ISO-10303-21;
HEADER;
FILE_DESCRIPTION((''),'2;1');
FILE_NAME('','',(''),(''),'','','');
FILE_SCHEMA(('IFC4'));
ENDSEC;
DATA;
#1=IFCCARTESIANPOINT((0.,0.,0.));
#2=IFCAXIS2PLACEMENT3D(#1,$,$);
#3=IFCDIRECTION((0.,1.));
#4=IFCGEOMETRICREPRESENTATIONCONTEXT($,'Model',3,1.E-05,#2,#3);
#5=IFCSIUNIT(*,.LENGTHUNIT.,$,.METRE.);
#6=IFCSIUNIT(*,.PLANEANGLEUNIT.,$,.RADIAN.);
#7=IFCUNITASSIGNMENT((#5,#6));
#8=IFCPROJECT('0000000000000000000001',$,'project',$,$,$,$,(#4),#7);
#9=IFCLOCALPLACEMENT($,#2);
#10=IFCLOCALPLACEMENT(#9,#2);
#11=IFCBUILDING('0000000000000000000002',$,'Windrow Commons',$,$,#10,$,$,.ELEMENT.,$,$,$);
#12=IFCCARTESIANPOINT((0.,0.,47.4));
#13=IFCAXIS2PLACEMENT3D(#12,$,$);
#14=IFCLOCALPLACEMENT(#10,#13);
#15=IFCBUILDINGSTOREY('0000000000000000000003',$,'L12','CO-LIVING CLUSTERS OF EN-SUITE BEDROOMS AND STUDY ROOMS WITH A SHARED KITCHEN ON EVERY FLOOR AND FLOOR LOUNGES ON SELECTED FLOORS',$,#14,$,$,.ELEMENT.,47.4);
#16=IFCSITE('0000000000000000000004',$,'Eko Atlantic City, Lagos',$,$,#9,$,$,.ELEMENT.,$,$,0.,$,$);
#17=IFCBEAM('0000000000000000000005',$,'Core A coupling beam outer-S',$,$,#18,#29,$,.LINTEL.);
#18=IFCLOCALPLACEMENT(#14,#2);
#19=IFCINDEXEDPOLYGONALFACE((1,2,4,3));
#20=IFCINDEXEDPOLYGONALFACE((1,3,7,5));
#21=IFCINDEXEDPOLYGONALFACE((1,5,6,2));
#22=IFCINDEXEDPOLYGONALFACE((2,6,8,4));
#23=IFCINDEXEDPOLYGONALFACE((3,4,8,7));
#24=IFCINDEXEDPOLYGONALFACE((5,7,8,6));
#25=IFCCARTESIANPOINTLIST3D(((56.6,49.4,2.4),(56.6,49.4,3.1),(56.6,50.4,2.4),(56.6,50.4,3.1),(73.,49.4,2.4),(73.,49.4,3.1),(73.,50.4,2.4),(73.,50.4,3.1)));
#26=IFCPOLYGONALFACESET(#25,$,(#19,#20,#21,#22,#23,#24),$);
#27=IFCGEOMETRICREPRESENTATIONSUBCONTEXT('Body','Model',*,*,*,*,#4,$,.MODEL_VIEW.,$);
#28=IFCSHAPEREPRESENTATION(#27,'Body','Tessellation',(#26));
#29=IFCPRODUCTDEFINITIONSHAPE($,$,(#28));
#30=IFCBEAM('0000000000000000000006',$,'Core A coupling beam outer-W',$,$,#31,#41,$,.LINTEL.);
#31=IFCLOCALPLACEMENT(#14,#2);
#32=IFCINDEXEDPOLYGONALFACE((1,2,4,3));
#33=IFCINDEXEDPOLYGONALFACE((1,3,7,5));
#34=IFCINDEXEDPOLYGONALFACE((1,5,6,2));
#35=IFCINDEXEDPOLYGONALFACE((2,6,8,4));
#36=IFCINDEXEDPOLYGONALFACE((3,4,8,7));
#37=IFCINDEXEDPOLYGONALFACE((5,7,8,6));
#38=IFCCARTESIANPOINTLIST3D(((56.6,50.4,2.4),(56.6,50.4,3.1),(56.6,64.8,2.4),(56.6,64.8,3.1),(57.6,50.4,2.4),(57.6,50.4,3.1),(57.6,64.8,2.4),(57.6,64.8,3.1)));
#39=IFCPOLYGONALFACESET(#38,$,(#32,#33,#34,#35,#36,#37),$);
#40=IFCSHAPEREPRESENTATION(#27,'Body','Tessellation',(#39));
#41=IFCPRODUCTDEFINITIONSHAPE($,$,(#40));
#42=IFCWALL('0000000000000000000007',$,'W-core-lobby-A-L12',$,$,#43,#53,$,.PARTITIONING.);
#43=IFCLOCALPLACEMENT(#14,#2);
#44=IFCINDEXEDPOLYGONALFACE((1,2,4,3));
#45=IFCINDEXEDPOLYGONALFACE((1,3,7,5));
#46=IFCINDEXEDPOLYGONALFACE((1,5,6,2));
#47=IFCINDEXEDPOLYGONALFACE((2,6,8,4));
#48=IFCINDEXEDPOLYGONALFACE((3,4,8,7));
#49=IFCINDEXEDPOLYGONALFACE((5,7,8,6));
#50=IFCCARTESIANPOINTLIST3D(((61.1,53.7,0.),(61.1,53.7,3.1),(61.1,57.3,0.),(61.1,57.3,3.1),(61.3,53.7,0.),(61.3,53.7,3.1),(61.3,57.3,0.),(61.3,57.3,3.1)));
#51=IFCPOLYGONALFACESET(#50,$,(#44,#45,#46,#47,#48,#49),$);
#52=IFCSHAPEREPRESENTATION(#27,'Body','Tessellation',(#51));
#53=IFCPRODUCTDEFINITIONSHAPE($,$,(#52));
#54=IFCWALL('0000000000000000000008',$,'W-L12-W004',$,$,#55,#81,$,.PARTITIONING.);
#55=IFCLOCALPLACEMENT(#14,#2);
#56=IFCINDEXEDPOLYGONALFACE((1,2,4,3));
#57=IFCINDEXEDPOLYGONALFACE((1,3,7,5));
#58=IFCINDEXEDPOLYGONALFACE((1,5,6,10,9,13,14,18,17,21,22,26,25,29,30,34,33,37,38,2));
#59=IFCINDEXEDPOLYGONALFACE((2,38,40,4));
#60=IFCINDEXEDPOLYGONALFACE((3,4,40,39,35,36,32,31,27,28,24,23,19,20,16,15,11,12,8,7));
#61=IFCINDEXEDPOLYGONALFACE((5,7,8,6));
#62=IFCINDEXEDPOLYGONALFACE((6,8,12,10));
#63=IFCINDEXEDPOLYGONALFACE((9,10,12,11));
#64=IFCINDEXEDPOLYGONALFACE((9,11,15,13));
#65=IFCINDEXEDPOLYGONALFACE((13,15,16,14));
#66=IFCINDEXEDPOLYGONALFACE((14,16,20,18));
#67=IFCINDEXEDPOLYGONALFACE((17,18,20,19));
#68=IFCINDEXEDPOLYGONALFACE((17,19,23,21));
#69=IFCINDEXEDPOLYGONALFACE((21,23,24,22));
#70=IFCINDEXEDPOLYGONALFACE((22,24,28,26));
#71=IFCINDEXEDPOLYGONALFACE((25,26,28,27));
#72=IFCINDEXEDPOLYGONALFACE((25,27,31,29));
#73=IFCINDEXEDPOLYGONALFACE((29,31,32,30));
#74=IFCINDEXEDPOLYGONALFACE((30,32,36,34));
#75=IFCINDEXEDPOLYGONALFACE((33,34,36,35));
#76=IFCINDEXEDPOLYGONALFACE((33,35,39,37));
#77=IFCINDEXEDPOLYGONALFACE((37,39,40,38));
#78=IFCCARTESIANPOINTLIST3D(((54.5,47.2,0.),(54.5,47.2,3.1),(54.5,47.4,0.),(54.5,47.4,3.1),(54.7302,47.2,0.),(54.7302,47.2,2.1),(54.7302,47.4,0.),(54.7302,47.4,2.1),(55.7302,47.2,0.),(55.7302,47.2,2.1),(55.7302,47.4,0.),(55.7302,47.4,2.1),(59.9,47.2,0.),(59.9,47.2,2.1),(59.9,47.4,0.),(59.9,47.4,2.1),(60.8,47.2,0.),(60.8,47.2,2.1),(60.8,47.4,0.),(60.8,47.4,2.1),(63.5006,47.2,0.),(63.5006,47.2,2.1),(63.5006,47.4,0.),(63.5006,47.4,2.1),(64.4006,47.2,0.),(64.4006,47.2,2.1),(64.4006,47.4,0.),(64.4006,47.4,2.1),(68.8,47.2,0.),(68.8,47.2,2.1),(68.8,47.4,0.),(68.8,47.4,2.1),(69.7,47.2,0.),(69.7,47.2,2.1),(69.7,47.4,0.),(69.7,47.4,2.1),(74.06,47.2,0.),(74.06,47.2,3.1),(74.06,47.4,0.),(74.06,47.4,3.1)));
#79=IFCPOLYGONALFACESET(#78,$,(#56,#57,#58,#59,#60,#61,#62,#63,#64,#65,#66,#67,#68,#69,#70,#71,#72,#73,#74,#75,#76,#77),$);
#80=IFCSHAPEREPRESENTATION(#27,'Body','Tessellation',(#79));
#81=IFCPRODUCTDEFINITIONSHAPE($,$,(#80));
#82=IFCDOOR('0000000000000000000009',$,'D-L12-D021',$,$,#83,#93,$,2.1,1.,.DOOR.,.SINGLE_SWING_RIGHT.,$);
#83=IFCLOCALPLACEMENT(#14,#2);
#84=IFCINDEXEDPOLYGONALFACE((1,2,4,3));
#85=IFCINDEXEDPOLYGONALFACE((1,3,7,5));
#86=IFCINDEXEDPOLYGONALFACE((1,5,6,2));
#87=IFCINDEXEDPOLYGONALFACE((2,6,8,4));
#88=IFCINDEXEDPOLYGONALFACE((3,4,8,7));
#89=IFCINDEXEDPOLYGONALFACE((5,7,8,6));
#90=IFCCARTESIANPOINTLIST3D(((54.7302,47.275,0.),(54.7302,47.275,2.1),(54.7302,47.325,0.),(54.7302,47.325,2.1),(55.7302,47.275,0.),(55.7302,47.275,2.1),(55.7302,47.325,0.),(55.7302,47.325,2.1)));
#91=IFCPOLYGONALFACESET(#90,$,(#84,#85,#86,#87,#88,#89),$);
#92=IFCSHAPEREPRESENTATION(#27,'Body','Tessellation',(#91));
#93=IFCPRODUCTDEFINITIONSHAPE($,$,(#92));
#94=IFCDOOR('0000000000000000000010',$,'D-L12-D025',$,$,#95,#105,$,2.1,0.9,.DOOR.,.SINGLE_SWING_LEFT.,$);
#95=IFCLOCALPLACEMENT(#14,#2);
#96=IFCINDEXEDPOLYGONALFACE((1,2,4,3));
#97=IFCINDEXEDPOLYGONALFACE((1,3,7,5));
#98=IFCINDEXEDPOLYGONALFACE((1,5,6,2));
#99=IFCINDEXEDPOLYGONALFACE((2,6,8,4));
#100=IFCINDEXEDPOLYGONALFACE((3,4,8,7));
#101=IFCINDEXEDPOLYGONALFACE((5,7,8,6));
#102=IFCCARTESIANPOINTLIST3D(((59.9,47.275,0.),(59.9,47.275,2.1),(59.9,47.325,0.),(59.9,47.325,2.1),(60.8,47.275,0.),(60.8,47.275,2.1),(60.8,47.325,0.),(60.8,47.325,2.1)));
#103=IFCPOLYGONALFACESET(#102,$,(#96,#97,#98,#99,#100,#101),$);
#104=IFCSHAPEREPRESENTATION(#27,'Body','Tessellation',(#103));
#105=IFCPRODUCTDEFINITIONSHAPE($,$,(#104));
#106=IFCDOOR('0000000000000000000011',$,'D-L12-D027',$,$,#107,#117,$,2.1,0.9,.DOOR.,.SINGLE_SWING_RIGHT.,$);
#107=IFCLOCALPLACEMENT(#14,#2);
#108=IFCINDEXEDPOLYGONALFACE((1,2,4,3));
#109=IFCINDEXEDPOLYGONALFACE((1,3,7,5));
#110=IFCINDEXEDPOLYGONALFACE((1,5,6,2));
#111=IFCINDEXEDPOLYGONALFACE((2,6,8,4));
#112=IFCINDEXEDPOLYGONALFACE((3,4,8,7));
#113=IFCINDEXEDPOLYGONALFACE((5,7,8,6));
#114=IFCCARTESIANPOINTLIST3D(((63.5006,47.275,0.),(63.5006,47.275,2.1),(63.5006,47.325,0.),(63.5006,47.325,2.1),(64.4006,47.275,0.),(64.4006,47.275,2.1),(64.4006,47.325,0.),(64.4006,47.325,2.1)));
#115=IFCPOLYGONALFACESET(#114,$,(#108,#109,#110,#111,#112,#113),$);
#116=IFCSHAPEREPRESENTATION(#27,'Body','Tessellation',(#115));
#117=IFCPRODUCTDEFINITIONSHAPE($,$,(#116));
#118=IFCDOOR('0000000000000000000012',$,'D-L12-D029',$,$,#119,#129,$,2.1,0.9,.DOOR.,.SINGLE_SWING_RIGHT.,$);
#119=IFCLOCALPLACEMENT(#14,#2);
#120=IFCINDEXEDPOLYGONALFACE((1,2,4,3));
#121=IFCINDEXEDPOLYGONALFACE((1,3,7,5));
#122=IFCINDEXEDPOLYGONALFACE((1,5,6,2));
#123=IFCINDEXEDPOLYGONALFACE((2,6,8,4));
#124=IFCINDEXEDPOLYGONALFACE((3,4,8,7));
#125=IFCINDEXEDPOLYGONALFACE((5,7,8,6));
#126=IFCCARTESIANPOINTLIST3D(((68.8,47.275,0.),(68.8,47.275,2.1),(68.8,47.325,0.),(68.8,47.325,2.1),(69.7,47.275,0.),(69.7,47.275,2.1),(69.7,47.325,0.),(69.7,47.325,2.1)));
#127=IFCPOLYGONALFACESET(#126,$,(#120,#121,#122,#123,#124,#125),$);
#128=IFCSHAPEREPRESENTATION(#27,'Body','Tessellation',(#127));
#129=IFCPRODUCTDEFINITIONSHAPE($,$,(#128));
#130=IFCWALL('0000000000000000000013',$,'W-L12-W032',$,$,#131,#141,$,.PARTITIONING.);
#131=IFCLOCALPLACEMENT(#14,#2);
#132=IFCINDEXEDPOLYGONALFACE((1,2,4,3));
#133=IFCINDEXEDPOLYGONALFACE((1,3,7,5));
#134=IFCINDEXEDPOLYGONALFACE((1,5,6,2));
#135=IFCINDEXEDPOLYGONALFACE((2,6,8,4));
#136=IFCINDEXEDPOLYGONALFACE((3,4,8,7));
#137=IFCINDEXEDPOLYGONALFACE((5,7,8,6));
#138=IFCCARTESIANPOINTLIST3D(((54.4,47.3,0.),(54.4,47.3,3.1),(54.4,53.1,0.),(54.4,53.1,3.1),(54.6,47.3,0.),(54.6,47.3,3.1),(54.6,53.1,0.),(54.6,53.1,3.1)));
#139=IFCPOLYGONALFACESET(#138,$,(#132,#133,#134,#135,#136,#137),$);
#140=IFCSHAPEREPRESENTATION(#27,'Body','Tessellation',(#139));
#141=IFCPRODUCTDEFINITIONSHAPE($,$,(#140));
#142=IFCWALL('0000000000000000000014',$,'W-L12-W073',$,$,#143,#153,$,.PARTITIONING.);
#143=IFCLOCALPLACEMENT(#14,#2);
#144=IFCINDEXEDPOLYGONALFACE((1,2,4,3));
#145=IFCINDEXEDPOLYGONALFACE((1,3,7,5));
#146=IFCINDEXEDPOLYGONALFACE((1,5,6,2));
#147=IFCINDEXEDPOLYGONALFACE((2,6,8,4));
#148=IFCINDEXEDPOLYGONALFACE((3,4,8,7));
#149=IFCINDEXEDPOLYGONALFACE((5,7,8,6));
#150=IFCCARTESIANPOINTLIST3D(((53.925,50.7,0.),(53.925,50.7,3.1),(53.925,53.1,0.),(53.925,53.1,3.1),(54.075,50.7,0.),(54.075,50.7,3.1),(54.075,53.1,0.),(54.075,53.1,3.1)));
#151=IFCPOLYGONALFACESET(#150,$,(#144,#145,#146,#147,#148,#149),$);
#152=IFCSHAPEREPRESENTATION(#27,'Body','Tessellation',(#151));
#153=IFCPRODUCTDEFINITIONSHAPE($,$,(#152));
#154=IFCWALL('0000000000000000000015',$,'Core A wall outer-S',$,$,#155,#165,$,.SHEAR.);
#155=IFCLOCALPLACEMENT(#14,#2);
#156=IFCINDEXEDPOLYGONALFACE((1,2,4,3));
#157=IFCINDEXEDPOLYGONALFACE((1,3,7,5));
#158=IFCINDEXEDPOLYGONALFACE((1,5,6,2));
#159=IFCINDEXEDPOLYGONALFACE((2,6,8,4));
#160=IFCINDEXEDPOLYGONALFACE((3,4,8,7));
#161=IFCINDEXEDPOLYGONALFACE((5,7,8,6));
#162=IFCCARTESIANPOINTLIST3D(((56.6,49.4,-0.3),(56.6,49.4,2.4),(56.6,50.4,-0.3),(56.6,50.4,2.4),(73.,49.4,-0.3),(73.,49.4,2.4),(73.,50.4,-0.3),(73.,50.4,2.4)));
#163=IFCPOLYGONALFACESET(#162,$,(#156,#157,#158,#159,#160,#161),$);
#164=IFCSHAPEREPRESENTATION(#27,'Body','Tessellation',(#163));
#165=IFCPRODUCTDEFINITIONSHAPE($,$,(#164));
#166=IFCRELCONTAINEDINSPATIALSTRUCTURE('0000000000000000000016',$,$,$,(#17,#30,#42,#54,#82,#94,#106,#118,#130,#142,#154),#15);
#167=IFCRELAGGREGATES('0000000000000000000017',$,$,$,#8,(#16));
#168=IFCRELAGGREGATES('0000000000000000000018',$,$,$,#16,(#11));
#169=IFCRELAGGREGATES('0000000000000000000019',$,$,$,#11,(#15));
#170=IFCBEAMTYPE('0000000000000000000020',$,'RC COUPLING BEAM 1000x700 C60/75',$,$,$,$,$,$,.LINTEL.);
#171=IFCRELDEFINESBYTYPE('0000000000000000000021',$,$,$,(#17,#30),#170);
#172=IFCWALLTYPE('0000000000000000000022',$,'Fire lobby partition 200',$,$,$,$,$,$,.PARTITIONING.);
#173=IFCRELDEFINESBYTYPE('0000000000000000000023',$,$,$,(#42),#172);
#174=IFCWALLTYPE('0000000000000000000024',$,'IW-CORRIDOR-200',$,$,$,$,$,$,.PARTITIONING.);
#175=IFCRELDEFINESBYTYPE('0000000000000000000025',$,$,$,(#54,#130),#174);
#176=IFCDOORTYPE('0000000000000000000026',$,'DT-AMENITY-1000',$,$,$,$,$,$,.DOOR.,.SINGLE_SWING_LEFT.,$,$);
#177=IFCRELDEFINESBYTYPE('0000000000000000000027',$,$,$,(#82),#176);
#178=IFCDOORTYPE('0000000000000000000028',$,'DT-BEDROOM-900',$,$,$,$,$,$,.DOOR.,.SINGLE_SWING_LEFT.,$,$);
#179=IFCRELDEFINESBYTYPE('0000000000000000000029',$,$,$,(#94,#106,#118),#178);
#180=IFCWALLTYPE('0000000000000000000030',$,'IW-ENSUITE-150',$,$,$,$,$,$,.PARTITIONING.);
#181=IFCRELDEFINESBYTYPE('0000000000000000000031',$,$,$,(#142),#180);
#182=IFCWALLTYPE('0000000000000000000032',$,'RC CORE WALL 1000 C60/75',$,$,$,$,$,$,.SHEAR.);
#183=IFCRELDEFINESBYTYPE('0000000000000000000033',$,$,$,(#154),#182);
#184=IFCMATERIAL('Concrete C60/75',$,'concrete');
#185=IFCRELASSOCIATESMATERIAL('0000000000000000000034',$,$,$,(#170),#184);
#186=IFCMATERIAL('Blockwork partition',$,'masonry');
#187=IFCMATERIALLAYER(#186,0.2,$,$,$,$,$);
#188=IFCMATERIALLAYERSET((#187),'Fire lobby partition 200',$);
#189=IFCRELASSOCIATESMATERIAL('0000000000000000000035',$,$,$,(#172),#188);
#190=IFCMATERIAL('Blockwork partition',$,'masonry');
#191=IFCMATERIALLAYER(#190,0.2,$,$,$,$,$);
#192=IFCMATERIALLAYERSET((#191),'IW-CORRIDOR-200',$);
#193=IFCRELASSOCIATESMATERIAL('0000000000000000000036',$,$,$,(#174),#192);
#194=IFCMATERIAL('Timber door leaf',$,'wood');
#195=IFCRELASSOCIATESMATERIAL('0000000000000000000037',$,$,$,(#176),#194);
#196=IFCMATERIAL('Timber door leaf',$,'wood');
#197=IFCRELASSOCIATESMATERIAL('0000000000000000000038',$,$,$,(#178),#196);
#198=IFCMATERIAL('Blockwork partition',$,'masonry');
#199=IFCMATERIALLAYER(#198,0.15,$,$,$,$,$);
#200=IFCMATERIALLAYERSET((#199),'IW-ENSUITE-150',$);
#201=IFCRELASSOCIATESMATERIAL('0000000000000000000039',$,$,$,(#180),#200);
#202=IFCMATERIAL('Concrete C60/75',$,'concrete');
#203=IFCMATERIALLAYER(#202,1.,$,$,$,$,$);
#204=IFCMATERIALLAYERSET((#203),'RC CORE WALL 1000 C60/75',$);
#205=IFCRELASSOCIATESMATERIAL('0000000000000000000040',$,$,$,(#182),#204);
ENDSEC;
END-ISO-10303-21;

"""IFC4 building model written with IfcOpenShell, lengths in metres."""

from ifc_helpers import new_model, si_unit, direction, frame, frame_2d, origin, origin_2d, place, context, subcontext, project, spatial, rectangle, extrude, material, layer, layer_set, material_profile, profile_set, type_object, element, fill, save


model = new_model("IFC4")

# Units and contexts
model_context = context("Model", 3, precision=1e-05, world=origin(), true_north=direction((0.0, 1.0)))
body_context = subcontext(model_context, "Body", "Model", "MODEL_VIEW")
ifc_project = project(units=[si_unit("LENGTHUNIT", "METRE"), si_unit("PLANEANGLEUNIT", "RADIAN")], contexts=[model_context])

# Site, building, storey
site_placement = place(None, origin())
site = spatial("IfcSite", under=ifc_project, at=site_placement, Name="Eko Atlantic City, Lagos", CompositionType="ELEMENT", RefElevation=0.0)
building_placement = place(site_placement, origin())
building = spatial("IfcBuilding", under=site, at=building_placement, Name="Windrow Commons", CompositionType="ELEMENT")
storey_placement = place(building_placement, frame((0.0, 0.0, 47.4)))
storey = spatial("IfcBuildingStorey", under=building, at=storey_placement, Name="L12", Description="CO-LIVING CLUSTERS OF EN-SUITE BEDROOMS AND STUDY ROOMS WITH A SHARED KITCHEN ON EVERY FLOOR AND FLOOR LOUNGES ON SELECTED FLOORS", CompositionType="ELEMENT", Elevation=47.4)

# Beams
ifc_material_1 = material(Name="Concrete C60/75", Category="concrete")
ifc_material_profile = material_profile(ifc_material_1, rectangle(XDim=1.0, YDim=0.7, at=origin_2d()))
ifc_profile_set = profile_set([ifc_material_profile], Name="Concrete C60/75")
beam_type = type_object("IfcBeamType", Name="RC COUPLING BEAM 1000x700 C60/75", PredefinedType="LINTEL", material=ifc_profile_set)
beam_1_placement = place(storey_placement, frame((56.6, 49.9, 2.75), z_axis=(1.0, 0.0, 0.0), x_axis=(0.0, 1.0, 0.0)))
element("IfcBeam", 1, at=beam_1_placement, inside=storey, type_object=beam_type, Name="Core A coupling beam outer-S", PredefinedType="LINTEL", context=body_context, shape_type="SweptSolid", body=[
    extrude(rectangle(XDim=1.0, YDim=0.7, at=origin_2d()), origin(), (0.0, 0.0, 1.0), 16.4),
])
beam_2_placement = place(storey_placement, frame((57.1, 50.4, 2.75), z_axis=(0.0, 1.0, 0.0), x_axis=(-1.0, 0.0, 0.0)))
element("IfcBeam", 2, at=beam_2_placement, inside=storey, type_object=beam_type, Name="Core A coupling beam outer-W", PredefinedType="LINTEL", context=body_context, shape_type="SweptSolid", body=[
    extrude(rectangle(XDim=1.0, YDim=0.7, at=origin_2d()), origin(), (0.0, 0.0, 1.0), 14.4),
])

# Wall
ifc_material_2 = material(Name="Blockwork partition", Category="masonry")
ifc_layer_1 = layer(ifc_material_2, 0.2)
ifc_layer_set_1 = layer_set([ifc_layer_1], Name="Fire lobby partition 200")
wall_type_1 = type_object("IfcWallType", Name="Fire lobby partition 200", PredefinedType="PARTITIONING", material=ifc_layer_set_1)
wall_1_placement = place(storey_placement, frame((61.2, 53.7, 0.0), z_axis=(0.0, 0.0, 1.0), x_axis=(0.0, 1.0, 0.0)))
element("IfcWall", 3, at=wall_1_placement, inside=storey, type_object=wall_type_1, Name="W-core-lobby-A-L12", PredefinedType="PARTITIONING", context=body_context, shape_type="SweptSolid", body=[
    extrude(rectangle(XDim=3.6, YDim=0.2, at=frame_2d((1.8, 0.0))), origin(), (0.0, 0.0, 1.0), 3.1),
])

# Wall, openings, doors
ifc_material_3 = material(Name="Blockwork partition", Category="masonry")
ifc_layer_2 = layer(ifc_material_3, 0.2)
ifc_layer_set_2 = layer_set([ifc_layer_2], Name="IW-CORRIDOR-200")
wall_type_2 = type_object("IfcWallType", Name="IW-CORRIDOR-200", PredefinedType="PARTITIONING", material=ifc_layer_set_2)
wall_2_placement = place(storey_placement, frame((54.5, 47.3, 0.0), z_axis=(0.0, 0.0, 1.0), x_axis=(1.0, 0.0, 0.0)))
wall_2 = element("IfcWall", 4, at=wall_2_placement, inside=storey, type_object=wall_type_2, Name="W-L12-W004", PredefinedType="PARTITIONING", context=body_context, shape_type="SweptSolid", body=[
    extrude(rectangle(XDim=19.56, YDim=0.2, at=frame_2d((9.78, 0.0))), origin(), (0.0, 0.0, 1.0), 3.1),
])
opening_1_placement = place(wall_2_placement, frame((0.2302, 0.0, 0.0)))
opening_1 = element("IfcOpeningElement", 5, at=opening_1_placement, cuts=wall_2, PredefinedType="OPENING", context=body_context, shape_type="SweptSolid", body=[
    extrude(rectangle(XDim=1.0, YDim=2.1, at=frame_2d((0.5, 1.05))), frame((0.0, 0.11, 0.0), z_axis=(0.0, -1.0, 0.0), x_axis=(1.0, 0.0, 0.0)), (0.0, 0.0, 1.0), 0.22),
])
opening_2_placement = place(wall_2_placement, frame((5.4, 0.0, 0.0)))
opening_2 = element("IfcOpeningElement", 6, at=opening_2_placement, cuts=wall_2, PredefinedType="OPENING", context=body_context, shape_type="SweptSolid", body=[
    extrude(rectangle(XDim=0.9, YDim=2.1, at=frame_2d((0.45, 1.05))), frame((0.0, 0.11, 0.0), z_axis=(0.0, -1.0, 0.0), x_axis=(1.0, 0.0, 0.0)), (0.0, 0.0, 1.0), 0.22),
])
opening_3_placement = place(wall_2_placement, frame((9.0006, 0.0, 0.0)))
opening_3 = element("IfcOpeningElement", 7, at=opening_3_placement, cuts=wall_2, PredefinedType="OPENING", context=body_context, shape_type="SweptSolid", body=[
    extrude(rectangle(XDim=0.9, YDim=2.1, at=frame_2d((0.45, 1.05))), frame((0.0, 0.11, 0.0), z_axis=(0.0, -1.0, 0.0), x_axis=(1.0, 0.0, 0.0)), (0.0, 0.0, 1.0), 0.22),
])
opening_4_placement = place(wall_2_placement, frame((14.3, 0.0, 0.0)))
opening_4 = element("IfcOpeningElement", 8, at=opening_4_placement, cuts=wall_2, PredefinedType="OPENING", context=body_context, shape_type="SweptSolid", body=[
    extrude(rectangle(XDim=0.9, YDim=2.1, at=frame_2d((0.45, 1.05))), frame((0.0, 0.11, 0.0), z_axis=(0.0, -1.0, 0.0), x_axis=(1.0, 0.0, 0.0)), (0.0, 0.0, 1.0), 0.22),
])
ifc_material_4 = material(Name="Timber door leaf", Category="wood")
door_type_1 = type_object("IfcDoorType", Name="DT-AMENITY-1000", OperationType="SINGLE_SWING_LEFT", PredefinedType="DOOR", material=ifc_material_4)
door_1_placement = place(opening_1_placement, origin())
door_1 = element("IfcDoor", 9, at=door_1_placement, inside=storey, type_object=door_type_1, Name="D-L12-D021", OperationType="SINGLE_SWING_RIGHT", OverallHeight=2.1, OverallWidth=1.0, PredefinedType="DOOR", context=body_context, shape_type="SweptSolid", body=[
    extrude(rectangle(XDim=1.0, YDim=2.1, at=frame_2d((0.5, 1.05))), frame((0.0, 0.025, 0.0), z_axis=(0.0, -1.0, 0.0), x_axis=(1.0, 0.0, 0.0)), (0.0, 0.0, 1.0), 0.05),
])
fill(opening_1, door_1)
ifc_material_5 = material(Name="Timber door leaf", Category="wood")
door_type_2 = type_object("IfcDoorType", Name="DT-BEDROOM-900", OperationType="SINGLE_SWING_LEFT", PredefinedType="DOOR", material=ifc_material_5)
door_2_placement = place(opening_2_placement, origin())
door_2 = element("IfcDoor", 10, at=door_2_placement, inside=storey, type_object=door_type_2, Name="D-L12-D025", OperationType="SINGLE_SWING_LEFT", OverallHeight=2.1, OverallWidth=0.9, PredefinedType="DOOR", context=body_context, shape_type="SweptSolid", body=[
    extrude(rectangle(XDim=0.9, YDim=2.1, at=frame_2d((0.45, 1.05))), frame((0.0, 0.025, 0.0), z_axis=(0.0, -1.0, 0.0), x_axis=(1.0, 0.0, 0.0)), (0.0, 0.0, 1.0), 0.05),
])
fill(opening_2, door_2)
door_3_placement = place(opening_3_placement, origin())
door_3 = element("IfcDoor", 11, at=door_3_placement, inside=storey, type_object=door_type_2, Name="D-L12-D027", OperationType="SINGLE_SWING_RIGHT", OverallHeight=2.1, OverallWidth=0.9, PredefinedType="DOOR", context=body_context, shape_type="SweptSolid", body=[
    extrude(rectangle(XDim=0.9, YDim=2.1, at=frame_2d((0.45, 1.05))), frame((0.0, 0.025, 0.0), z_axis=(0.0, -1.0, 0.0), x_axis=(1.0, 0.0, 0.0)), (0.0, 0.0, 1.0), 0.05),
])
fill(opening_3, door_3)
door_4_placement = place(opening_4_placement, origin())
door_4 = element("IfcDoor", 12, at=door_4_placement, inside=storey, type_object=door_type_2, Name="D-L12-D029", OperationType="SINGLE_SWING_RIGHT", OverallHeight=2.1, OverallWidth=0.9, PredefinedType="DOOR", context=body_context, shape_type="SweptSolid", body=[
    extrude(rectangle(XDim=0.9, YDim=2.1, at=frame_2d((0.45, 1.05))), frame((0.0, 0.025, 0.0), z_axis=(0.0, -1.0, 0.0), x_axis=(1.0, 0.0, 0.0)), (0.0, 0.0, 1.0), 0.05),
])
fill(opening_4, door_4)

# Walls
wall_3_placement = place(storey_placement, frame((54.5, 47.3, 0.0), z_axis=(0.0, 0.0, 1.0), x_axis=(0.0, 1.0, 0.0)))
element("IfcWall", 13, at=wall_3_placement, inside=storey, type_object=wall_type_2, Name="W-L12-W032", PredefinedType="PARTITIONING", context=body_context, shape_type="SweptSolid", body=[
    extrude(rectangle(XDim=5.8, YDim=0.2, at=frame_2d((2.9, 0.0))), origin(), (0.0, 0.0, 1.0), 3.1),
])
ifc_material_6 = material(Name="Blockwork partition", Category="masonry")
ifc_layer_3 = layer(ifc_material_6, 0.15)
ifc_layer_set_3 = layer_set([ifc_layer_3], Name="IW-ENSUITE-150")
wall_type_3 = type_object("IfcWallType", Name="IW-ENSUITE-150", PredefinedType="PARTITIONING", material=ifc_layer_set_3)
wall_4_placement = place(storey_placement, frame((54.0, 50.7, 0.0), z_axis=(0.0, 0.0, 1.0), x_axis=(0.0, 1.0, 0.0)))
element("IfcWall", 14, at=wall_4_placement, inside=storey, type_object=wall_type_3, Name="W-L12-W073", PredefinedType="PARTITIONING", context=body_context, shape_type="SweptSolid", body=[
    extrude(rectangle(XDim=2.4, YDim=0.15, at=frame_2d((1.2, 0.0))), origin(), (0.0, 0.0, 1.0), 3.1),
])
ifc_material_7 = material(Name="Concrete C60/75", Category="concrete")
ifc_layer_4 = layer(ifc_material_7, 1.0)
ifc_layer_set_4 = layer_set([ifc_layer_4], Name="RC CORE WALL 1000 C60/75")
wall_type_4 = type_object("IfcWallType", Name="RC CORE WALL 1000 C60/75", PredefinedType="SHEAR", material=ifc_layer_set_4)
wall_5_placement = place(storey_placement, frame((56.6, 49.9, -0.3), z_axis=(0.0, 0.0, 1.0), x_axis=(1.0, 0.0, 0.0)))
element("IfcWall", 15, at=wall_5_placement, inside=storey, type_object=wall_type_4, Name="Core A wall outer-S", PredefinedType="SHEAR", context=body_context, shape_type="SweptSolid", body=[
    extrude(rectangle(XDim=16.4, YDim=1.0, at=frame_2d((8.2, 0.0))), origin(), (0.0, 0.0, 1.0), 2.7),
])

save(model, "model.ifc")
